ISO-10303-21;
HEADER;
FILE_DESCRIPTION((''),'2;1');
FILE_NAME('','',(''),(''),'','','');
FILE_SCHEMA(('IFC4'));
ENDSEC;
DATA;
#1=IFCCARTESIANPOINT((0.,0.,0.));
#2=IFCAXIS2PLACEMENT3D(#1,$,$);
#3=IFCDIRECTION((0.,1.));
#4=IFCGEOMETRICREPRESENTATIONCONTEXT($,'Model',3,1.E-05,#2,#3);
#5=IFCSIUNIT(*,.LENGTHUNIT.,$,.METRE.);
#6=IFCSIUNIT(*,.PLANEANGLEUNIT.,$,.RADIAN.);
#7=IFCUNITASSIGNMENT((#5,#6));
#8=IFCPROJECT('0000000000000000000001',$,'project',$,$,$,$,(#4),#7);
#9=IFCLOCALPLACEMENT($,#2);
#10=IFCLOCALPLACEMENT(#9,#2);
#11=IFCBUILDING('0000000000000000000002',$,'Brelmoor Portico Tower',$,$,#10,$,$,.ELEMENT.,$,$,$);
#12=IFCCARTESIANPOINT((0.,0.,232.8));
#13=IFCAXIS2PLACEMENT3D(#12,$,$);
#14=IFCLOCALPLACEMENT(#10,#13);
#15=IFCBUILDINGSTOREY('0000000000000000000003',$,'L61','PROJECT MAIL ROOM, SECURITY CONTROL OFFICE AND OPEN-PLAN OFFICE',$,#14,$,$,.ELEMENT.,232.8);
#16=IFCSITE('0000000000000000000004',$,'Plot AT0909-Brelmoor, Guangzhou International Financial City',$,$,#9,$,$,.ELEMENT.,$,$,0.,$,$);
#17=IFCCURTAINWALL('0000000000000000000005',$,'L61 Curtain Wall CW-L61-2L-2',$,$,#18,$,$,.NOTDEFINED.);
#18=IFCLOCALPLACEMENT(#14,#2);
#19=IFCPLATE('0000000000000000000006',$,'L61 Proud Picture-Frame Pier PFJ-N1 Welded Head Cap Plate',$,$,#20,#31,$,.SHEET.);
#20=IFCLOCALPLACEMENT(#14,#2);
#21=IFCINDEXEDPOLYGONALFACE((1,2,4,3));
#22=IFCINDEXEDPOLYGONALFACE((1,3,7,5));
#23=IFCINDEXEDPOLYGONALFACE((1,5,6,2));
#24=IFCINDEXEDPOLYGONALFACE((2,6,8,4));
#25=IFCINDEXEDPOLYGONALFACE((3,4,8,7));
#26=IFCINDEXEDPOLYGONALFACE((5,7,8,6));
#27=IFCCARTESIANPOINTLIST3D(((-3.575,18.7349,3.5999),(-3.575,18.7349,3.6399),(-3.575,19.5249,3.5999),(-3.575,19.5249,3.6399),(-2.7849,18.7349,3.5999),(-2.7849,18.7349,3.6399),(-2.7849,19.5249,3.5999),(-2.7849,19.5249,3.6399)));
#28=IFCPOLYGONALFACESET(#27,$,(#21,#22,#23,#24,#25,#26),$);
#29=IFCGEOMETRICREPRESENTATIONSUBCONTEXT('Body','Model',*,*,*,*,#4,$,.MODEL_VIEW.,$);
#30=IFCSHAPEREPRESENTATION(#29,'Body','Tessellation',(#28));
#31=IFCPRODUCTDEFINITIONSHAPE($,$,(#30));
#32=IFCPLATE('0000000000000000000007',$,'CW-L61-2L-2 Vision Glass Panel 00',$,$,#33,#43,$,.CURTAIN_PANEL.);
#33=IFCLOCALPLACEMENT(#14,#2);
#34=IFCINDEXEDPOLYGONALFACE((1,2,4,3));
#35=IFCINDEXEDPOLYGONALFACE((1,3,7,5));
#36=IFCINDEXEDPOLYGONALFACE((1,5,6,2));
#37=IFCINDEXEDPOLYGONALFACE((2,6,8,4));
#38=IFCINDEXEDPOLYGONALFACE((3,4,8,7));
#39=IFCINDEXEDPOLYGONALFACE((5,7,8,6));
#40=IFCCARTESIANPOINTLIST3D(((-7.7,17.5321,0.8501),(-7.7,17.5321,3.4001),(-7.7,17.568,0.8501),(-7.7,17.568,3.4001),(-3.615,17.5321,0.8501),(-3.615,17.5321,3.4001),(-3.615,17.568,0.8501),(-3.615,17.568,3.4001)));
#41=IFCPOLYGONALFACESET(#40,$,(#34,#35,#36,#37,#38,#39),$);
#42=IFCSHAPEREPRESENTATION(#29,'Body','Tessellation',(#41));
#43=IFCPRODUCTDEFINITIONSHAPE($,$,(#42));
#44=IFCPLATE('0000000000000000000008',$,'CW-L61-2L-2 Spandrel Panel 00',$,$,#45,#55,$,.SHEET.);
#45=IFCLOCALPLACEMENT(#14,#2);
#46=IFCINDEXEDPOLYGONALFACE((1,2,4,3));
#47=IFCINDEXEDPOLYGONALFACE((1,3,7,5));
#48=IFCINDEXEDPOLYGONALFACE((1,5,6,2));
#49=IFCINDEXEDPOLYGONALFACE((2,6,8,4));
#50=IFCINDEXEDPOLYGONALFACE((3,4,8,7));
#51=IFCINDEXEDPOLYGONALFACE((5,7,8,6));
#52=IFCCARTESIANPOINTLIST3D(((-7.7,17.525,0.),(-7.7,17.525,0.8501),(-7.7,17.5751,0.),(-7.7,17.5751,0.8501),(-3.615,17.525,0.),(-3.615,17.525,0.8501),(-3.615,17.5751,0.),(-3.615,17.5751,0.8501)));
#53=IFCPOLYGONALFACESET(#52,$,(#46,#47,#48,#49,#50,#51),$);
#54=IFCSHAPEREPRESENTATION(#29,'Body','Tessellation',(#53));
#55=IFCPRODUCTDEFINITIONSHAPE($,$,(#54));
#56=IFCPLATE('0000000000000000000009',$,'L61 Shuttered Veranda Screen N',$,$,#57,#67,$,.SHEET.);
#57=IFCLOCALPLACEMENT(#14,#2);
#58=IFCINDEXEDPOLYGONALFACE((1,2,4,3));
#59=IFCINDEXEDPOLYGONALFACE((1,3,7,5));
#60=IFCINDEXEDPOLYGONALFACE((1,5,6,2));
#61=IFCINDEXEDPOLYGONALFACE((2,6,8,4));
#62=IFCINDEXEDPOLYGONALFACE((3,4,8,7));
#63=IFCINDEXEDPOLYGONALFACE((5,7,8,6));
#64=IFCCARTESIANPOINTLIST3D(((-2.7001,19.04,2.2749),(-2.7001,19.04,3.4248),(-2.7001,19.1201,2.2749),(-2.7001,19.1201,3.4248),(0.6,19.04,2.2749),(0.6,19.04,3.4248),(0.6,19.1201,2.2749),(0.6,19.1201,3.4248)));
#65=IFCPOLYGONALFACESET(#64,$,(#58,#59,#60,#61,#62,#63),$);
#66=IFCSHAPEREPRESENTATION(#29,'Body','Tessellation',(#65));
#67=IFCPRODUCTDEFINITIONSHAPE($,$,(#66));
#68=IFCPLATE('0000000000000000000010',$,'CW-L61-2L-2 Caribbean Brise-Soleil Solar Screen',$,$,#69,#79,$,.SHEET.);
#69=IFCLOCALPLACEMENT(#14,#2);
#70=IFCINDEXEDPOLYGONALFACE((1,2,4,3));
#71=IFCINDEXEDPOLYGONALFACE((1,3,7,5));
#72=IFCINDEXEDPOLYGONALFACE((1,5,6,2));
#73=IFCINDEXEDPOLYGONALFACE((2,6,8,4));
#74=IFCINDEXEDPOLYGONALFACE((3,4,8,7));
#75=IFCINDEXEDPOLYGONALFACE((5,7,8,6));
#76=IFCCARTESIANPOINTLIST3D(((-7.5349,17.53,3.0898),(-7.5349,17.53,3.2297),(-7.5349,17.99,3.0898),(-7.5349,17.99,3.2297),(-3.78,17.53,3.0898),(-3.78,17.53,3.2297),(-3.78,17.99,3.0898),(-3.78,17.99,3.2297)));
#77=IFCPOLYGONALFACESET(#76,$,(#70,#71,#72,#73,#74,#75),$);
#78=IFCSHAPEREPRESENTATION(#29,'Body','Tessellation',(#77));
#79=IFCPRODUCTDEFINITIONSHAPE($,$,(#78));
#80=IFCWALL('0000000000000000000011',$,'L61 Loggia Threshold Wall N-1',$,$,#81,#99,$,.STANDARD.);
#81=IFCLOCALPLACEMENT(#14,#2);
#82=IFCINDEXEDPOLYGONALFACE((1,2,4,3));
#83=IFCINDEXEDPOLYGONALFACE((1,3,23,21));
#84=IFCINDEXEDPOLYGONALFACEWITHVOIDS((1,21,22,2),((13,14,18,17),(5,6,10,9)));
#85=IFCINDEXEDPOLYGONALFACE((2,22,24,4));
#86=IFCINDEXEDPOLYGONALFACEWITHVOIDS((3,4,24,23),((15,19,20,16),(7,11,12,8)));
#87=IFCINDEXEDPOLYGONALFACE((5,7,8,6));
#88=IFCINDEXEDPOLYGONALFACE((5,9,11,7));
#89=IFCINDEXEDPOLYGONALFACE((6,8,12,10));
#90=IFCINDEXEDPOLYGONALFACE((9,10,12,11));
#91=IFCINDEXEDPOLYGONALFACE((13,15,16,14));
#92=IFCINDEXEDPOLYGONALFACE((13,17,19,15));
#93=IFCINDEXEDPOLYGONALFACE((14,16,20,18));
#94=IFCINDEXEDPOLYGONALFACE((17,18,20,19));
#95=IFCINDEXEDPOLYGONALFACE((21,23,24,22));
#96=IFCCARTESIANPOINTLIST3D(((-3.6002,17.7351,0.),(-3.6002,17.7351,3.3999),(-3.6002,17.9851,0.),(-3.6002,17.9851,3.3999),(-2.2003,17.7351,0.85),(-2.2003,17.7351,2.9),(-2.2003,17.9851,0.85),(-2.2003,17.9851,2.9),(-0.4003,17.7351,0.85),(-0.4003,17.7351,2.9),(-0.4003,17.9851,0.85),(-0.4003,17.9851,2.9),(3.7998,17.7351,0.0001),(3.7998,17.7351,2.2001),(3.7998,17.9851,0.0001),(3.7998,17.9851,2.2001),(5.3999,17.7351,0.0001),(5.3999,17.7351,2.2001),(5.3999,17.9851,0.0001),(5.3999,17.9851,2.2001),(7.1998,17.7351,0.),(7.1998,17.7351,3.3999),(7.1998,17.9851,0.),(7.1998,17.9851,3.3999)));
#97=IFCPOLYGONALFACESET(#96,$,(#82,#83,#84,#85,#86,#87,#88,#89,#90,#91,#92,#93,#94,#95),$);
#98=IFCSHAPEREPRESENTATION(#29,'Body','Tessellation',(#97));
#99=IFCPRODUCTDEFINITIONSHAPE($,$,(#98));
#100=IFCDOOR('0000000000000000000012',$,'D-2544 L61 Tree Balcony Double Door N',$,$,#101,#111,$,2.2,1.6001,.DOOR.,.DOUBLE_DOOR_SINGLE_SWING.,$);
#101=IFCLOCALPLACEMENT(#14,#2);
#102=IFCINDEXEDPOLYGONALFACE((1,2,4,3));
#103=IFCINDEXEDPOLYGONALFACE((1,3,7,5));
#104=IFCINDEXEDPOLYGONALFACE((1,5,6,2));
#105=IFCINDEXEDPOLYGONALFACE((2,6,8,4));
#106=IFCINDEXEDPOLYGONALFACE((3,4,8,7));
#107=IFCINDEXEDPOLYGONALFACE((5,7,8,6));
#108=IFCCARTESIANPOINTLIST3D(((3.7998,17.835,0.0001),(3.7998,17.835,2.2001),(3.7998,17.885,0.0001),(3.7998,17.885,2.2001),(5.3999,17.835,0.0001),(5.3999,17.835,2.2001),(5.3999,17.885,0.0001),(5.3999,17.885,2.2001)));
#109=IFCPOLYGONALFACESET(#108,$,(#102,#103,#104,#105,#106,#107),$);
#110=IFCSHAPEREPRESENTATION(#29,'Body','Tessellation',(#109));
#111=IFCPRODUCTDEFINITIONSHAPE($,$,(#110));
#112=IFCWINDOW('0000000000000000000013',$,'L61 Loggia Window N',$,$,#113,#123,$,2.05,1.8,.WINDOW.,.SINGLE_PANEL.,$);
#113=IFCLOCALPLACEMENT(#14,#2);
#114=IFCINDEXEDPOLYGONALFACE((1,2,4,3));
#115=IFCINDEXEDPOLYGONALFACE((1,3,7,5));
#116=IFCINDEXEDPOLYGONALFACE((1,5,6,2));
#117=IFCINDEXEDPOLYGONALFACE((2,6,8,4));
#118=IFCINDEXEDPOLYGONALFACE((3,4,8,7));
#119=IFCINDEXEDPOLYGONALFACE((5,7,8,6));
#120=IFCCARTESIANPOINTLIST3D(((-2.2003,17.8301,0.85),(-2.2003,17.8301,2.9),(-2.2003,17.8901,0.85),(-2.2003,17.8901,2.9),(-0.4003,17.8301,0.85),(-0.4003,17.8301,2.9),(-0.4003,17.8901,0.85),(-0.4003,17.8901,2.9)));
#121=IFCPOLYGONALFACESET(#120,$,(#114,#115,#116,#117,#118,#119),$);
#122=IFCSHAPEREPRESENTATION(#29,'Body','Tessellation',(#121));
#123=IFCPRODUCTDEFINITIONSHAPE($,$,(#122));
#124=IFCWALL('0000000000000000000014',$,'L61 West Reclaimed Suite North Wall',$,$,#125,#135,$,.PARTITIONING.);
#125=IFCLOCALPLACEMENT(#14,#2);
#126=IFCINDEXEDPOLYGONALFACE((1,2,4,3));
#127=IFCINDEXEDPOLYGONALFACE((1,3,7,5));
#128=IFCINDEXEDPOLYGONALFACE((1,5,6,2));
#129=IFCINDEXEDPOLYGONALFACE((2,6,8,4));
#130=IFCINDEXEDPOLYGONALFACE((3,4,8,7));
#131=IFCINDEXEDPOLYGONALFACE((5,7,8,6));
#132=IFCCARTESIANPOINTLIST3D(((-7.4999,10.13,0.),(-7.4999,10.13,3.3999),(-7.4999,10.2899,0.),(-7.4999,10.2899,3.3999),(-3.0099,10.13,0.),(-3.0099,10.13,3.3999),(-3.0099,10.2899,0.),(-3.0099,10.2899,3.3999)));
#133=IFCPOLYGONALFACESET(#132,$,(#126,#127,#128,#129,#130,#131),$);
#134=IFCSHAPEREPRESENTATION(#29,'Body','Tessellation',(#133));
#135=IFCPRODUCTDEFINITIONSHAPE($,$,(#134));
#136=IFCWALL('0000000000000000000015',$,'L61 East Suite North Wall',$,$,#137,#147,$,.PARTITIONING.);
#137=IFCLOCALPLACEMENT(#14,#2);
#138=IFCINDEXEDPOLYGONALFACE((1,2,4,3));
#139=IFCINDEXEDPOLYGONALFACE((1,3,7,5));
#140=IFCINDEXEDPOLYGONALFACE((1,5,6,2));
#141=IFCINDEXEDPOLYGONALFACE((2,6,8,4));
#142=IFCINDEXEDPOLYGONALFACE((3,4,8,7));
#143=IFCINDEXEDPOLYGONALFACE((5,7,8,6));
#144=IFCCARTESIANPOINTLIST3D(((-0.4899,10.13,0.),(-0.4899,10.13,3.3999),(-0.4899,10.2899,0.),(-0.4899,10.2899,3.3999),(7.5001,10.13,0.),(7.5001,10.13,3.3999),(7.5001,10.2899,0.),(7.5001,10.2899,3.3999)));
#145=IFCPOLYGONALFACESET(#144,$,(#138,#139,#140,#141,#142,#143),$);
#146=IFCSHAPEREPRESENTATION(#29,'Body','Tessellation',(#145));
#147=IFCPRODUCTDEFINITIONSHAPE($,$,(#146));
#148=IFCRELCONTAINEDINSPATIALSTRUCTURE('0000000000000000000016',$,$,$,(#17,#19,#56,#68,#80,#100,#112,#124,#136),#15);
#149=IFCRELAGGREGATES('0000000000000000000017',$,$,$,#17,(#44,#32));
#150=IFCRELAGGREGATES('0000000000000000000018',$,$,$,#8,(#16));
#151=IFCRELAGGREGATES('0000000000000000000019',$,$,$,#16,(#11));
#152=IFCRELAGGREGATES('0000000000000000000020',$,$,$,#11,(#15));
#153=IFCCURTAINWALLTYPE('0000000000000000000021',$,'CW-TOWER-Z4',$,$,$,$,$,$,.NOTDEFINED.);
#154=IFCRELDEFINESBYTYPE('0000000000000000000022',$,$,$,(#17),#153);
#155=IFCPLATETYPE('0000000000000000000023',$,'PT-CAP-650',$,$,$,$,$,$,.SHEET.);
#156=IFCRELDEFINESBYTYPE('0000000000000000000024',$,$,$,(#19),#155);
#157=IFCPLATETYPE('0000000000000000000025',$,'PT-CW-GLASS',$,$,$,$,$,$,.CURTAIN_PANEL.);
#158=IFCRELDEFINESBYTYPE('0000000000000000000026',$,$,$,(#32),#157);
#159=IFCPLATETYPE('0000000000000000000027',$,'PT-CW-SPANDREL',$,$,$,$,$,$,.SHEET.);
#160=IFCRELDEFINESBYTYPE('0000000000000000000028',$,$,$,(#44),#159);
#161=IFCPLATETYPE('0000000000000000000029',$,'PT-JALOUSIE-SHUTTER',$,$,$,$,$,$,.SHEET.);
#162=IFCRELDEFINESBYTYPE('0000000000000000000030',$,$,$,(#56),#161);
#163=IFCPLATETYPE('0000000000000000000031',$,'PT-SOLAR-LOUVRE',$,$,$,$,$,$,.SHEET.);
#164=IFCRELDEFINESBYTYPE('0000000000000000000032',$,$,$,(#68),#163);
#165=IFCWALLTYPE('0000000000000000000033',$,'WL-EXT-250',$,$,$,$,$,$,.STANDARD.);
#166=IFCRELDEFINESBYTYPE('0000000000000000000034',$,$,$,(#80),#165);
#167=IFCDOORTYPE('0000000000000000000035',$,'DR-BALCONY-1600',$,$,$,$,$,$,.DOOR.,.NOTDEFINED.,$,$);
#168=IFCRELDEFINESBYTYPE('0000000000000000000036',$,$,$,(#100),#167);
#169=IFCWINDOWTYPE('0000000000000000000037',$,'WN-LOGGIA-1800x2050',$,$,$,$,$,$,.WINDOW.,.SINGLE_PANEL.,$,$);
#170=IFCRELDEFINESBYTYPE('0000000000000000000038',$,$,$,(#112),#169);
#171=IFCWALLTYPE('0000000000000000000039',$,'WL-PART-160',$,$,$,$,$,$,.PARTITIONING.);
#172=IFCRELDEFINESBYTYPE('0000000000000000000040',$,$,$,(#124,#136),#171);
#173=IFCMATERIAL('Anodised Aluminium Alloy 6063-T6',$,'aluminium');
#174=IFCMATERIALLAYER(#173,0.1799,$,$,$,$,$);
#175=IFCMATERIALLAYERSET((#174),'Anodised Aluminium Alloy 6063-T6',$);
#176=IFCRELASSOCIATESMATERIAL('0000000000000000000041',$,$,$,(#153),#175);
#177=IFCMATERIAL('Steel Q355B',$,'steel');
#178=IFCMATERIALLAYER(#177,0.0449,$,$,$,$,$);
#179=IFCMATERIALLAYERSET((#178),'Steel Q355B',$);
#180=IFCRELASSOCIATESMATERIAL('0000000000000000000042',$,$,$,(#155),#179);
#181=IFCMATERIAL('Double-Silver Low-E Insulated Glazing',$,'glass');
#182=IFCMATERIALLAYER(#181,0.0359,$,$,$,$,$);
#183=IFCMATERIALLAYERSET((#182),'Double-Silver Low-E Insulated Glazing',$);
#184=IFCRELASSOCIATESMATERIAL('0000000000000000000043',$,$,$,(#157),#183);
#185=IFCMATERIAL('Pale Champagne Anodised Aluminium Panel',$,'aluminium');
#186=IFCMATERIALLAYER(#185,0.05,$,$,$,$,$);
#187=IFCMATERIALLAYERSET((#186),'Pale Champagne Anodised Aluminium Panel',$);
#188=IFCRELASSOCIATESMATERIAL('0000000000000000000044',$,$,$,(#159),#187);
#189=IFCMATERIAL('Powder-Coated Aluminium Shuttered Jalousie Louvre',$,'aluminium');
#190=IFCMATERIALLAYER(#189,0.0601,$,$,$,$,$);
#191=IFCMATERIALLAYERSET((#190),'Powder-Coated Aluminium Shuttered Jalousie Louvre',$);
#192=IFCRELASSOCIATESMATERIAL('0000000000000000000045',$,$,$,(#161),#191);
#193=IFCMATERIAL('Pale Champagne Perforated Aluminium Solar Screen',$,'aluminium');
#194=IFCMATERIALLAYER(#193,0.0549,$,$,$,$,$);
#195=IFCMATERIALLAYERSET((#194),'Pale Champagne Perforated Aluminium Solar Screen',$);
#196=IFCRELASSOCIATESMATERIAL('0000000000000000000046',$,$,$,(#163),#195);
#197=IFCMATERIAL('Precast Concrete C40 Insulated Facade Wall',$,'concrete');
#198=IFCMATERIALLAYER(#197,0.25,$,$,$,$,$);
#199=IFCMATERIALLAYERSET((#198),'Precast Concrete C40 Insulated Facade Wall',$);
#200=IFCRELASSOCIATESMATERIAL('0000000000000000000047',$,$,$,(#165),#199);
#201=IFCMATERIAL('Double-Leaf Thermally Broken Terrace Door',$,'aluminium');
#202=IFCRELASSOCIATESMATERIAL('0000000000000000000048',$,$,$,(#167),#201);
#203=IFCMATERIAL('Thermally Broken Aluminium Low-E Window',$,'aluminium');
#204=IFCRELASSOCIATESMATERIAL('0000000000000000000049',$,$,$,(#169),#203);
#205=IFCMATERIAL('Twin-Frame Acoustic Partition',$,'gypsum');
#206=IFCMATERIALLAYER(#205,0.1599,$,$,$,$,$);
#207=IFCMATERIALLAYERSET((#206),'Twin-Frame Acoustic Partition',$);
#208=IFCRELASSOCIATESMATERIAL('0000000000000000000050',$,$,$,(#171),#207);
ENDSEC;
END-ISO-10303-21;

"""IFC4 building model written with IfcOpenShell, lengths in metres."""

from ifc_helpers import new_model, si_unit, direction, frame, frame_2d, origin, origin_2d, place, context, subcontext, project, spatial, rectangle, extrude, material, layer, layer_set, type_object, element, fill, aggregate, save


model = new_model("IFC4")

# Units and contexts
model_context = context("Model", 3, precision=1e-05, world=origin(), true_north=direction((0.0, 1.0)))
body_context = subcontext(model_context, "Body", "Model", "MODEL_VIEW")
ifc_project = project(units=[si_unit("LENGTHUNIT", "METRE"), si_unit("PLANEANGLEUNIT", "RADIAN")], contexts=[model_context])

# Site, building, storey
site_placement = place(None, origin())
site = spatial("IfcSite", under=ifc_project, at=site_placement, Name="Plot AT0909-Brelmoor, Guangzhou International Financial City", CompositionType="ELEMENT", RefElevation=0.0)
building_placement = place(site_placement, origin())
building = spatial("IfcBuilding", under=site, at=building_placement, Name="Brelmoor Portico Tower", CompositionType="ELEMENT")
storey_placement = place(building_placement, frame((0.0, 0.0, 232.8)))
storey = spatial("IfcBuildingStorey", under=building, at=storey_placement, Name="L61", Description="PROJECT MAIL ROOM, SECURITY CONTROL OFFICE AND OPEN-PLAN OFFICE", CompositionType="ELEMENT", Elevation=232.8)

# Shared definitions
ifc_material_1 = material(Name="Steel Q355B", Category="steel")

# Shared definitions
ifc_material_2 = material(Name="Anodised Aluminium Alloy 6063-T6", Category="aluminium")

# Curtain wall
ifc_layer_1 = layer(ifc_material_2, 0.1799)
ifc_layer_set_1 = layer_set([ifc_layer_1], Name="Anodised Aluminium Alloy 6063-T6")
curtain_wall_type_1 = type_object("IfcCurtainWallType", Name="CW-TOWER-Z4", PredefinedType="NOTDEFINED", material=ifc_layer_set_1)
curtain_wall_1_placement = place(storey_placement, origin())
curtain_wall_1 = element("IfcCurtainWall", 1, at=curtain_wall_1_placement, inside=storey, type_object=curtain_wall_type_1, Name="L61 Curtain Wall CW-L61-2L-2", PredefinedType="NOTDEFINED")

# Plates
ifc_layer_2 = layer(ifc_material_1, 0.0449)
ifc_layer_set_2 = layer_set([ifc_layer_2], Name="Steel Q355B")
plate_type_1 = type_object("IfcPlateType", Name="PT-CAP-650", PredefinedType="SHEET", material=ifc_layer_set_2)
plate_1_placement = place(storey_placement, frame((-3.1799, 19.1299, 3.5999), z_axis=(0.0, 0.0, 1.0), x_axis=(1.0, 0.0, 0.0)))
element("IfcPlate", 2, at=plate_1_placement, inside=storey, type_object=plate_type_1, Name="L61 Proud Picture-Frame Pier PFJ-N1 Welded Head Cap Plate", PredefinedType="SHEET", context=body_context, shape_type="SweptSolid", body=[
    extrude(rectangle(XDim=0.79, YDim=0.79, at=origin_2d()), origin(), (0.0, 0.0, 1.0), 0.04),
])
ifc_material_3 = material(Name="Double-Silver Low-E Insulated Glazing", Category="glass")
ifc_layer_3 = layer(ifc_material_3, 0.0359)
ifc_layer_set_3 = layer_set([ifc_layer_3], Name="Double-Silver Low-E Insulated Glazing")
plate_type_2 = type_object("IfcPlateType", Name="PT-CW-GLASS", PredefinedType="CURTAIN_PANEL", material=ifc_layer_set_3)
plate_2_placement = place(storey_placement, frame((-5.6575, 17.55, 0.8501), z_axis=(0.0, 0.0, 1.0), x_axis=(1.0, 0.0, 0.0)))
plate_2 = element("IfcPlate", 3, at=plate_2_placement, type_object=plate_type_2, Name="CW-L61-2L-2 Vision Glass Panel 00", PredefinedType="CURTAIN_PANEL", context=body_context, shape_type="SweptSolid", body=[
    extrude(rectangle(XDim=4.085, YDim=0.0359, at=origin_2d()), origin(), (0.0, 0.0, 1.0), 2.55),
])
ifc_material_4 = material(Name="Pale Champagne Anodised Aluminium Panel", Category="aluminium")
ifc_layer_4 = layer(ifc_material_4, 0.05)
ifc_layer_set_4 = layer_set([ifc_layer_4], Name="Pale Champagne Anodised Aluminium Panel")
plate_type_3 = type_object("IfcPlateType", Name="PT-CW-SPANDREL", PredefinedType="SHEET", material=ifc_layer_set_4)
plate_3_placement = place(storey_placement, frame((-5.6575, 17.55, 0.0), z_axis=(0.0, 0.0, 1.0), x_axis=(1.0, 0.0, 0.0)))
plate_3 = element("IfcPlate", 4, at=plate_3_placement, type_object=plate_type_3, Name="CW-L61-2L-2 Spandrel Panel 00", PredefinedType="SHEET", context=body_context, shape_type="SweptSolid", body=[
    extrude(rectangle(XDim=4.085, YDim=0.05, at=origin_2d()), origin(), (0.0, 0.0, 1.0), 0.8501),
])
aggregate(curtain_wall_1, [plate_3, plate_2])

# Plates
ifc_material_5 = material(Name="Powder-Coated Aluminium Shuttered Jalousie Louvre", Category="aluminium")
ifc_layer_5 = layer(ifc_material_5, 0.0601)
ifc_layer_set_5 = layer_set([ifc_layer_5], Name="Powder-Coated Aluminium Shuttered Jalousie Louvre")
plate_type_4 = type_object("IfcPlateType", Name="PT-JALOUSIE-SHUTTER", PredefinedType="SHEET", material=ifc_layer_set_5)
plate_4_placement = place(storey_placement, frame((-1.05, 19.0801, 2.2749), z_axis=(0.0, 0.0, 1.0), x_axis=(1.0, 0.0, 0.0)))
element("IfcPlate", 5, at=plate_4_placement, inside=storey, type_object=plate_type_4, Name="L61 Shuttered Veranda Screen N", PredefinedType="SHEET", context=body_context, shape_type="SweptSolid", body=[
    extrude(rectangle(XDim=3.3, YDim=0.0801, at=origin_2d()), origin(), (0.0, 0.0, 1.0), 1.1499),
])
ifc_material_6 = material(Name="Pale Champagne Perforated Aluminium Solar Screen", Category="aluminium")
ifc_layer_6 = layer(ifc_material_6, 0.0549)
ifc_layer_set_6 = layer_set([ifc_layer_6], Name="Pale Champagne Perforated Aluminium Solar Screen")
plate_type_5 = type_object("IfcPlateType", Name="PT-SOLAR-LOUVRE", PredefinedType="SHEET", material=ifc_layer_set_6)
plate_5_placement = place(storey_placement, frame((-5.6575, 17.76, 3.0898), z_axis=(0.0, 0.0, 1.0), x_axis=(1.0, 0.0, 0.0)))
element("IfcPlate", 6, at=plate_5_placement, inside=storey, type_object=plate_type_5, Name="CW-L61-2L-2 Caribbean Brise-Soleil Solar Screen", PredefinedType="SHEET", context=body_context, shape_type="SweptSolid", body=[
    extrude(rectangle(XDim=3.7549, YDim=0.46, at=origin_2d()), origin(), (0.0, 0.0, 1.0), 0.1399),
])

# Wall, openings, door, window
ifc_material_7 = material(Name="Precast Concrete C40 Insulated Facade Wall", Category="concrete")
ifc_layer_7 = layer(ifc_material_7, 0.25)
ifc_layer_set_7 = layer_set([ifc_layer_7], Name="Precast Concrete C40 Insulated Facade Wall")
wall_type_1 = type_object("IfcWallType", Name="WL-EXT-250", PredefinedType="STANDARD", material=ifc_layer_set_7)
wall_1_placement = place(storey_placement, frame((-3.6001, 17.8601, 0.0), z_axis=(0.0, 0.0, 1.0), x_axis=(1.0, 0.0, 0.0)))
wall_1 = element("IfcWall", 7, at=wall_1_placement, inside=storey, type_object=wall_type_1, Name="L61 Loggia Threshold Wall N-1", PredefinedType="STANDARD", context=body_context, shape_type="SweptSolid", body=[
    extrude(rectangle(XDim=10.8, YDim=0.25, at=frame_2d((5.3999, 0.0))), origin(), (0.0, 0.0, 1.0), 3.3999),
])
opening_1_placement = place(wall_1_placement, frame((7.3999, 0.0, 0.0)))
opening_1 = element("IfcOpeningElement", 8, at=opening_1_placement, cuts=wall_1, PredefinedType="OPENING", context=body_context, shape_type="SweptSolid", body=[
    extrude(rectangle(XDim=1.6001, YDim=2.2, at=frame_2d((0.8, 1.1001))), frame((0.0, 0.135, 0.0), z_axis=(0.0, -1.0, 0.0), x_axis=(1.0, 0.0, 0.0)), (0.0, 0.0, 1.0), 0.27),
])
opening_2_placement = place(wall_1_placement, frame((1.3999, 0.0, 0.8501)))
opening_2 = element("IfcOpeningElement", 9, at=opening_2_placement, cuts=wall_1, PredefinedType="OPENING", context=body_context, shape_type="SweptSolid", body=[
    extrude(rectangle(XDim=1.8, YDim=2.05, at=frame_2d((0.8999, 1.0249))), frame((0.0, 0.135, 0.0), z_axis=(0.0, -1.0, 0.0), x_axis=(1.0, 0.0, 0.0)), (0.0, 0.0, 1.0), 0.27),
])
ifc_material_8 = material(Name="Double-Leaf Thermally Broken Terrace Door", Category="aluminium")
door_type_1 = type_object("IfcDoorType", Name="DR-BALCONY-1600", OperationType="NOTDEFINED", PredefinedType="DOOR", material=ifc_material_8)
door_1_placement = place(opening_1_placement, origin())
door_1 = element("IfcDoor", 10, at=door_1_placement, inside=storey, type_object=door_type_1, Name="D-2544 L61 Tree Balcony Double Door N", OperationType="DOUBLE_DOOR_SINGLE_SWING", OverallHeight=2.2, OverallWidth=1.6001, PredefinedType="DOOR", context=body_context, shape_type="SweptSolid", body=[
    extrude(rectangle(XDim=1.6001, YDim=2.2, at=frame_2d((0.8, 1.1001))), frame((0.0, 0.0249, 0.0), z_axis=(0.0, -1.0, 0.0), x_axis=(1.0, 0.0, 0.0)), (0.0, 0.0, 1.0), 0.05),
])
fill(opening_1, door_1)
ifc_material_9 = material(Name="Thermally Broken Aluminium Low-E Window", Category="aluminium")
window_type = type_object("IfcWindowType", Name="WN-LOGGIA-1800x2050", PartitioningType="SINGLE_PANEL", PredefinedType="WINDOW", material=ifc_material_9)
window_placement = place(opening_2_placement, origin())
window = element("IfcWindow", 11, at=window_placement, inside=storey, type_object=window_type, Name="L61 Loggia Window N", OverallHeight=2.05, OverallWidth=1.8, PartitioningType="SINGLE_PANEL", PredefinedType="WINDOW", context=body_context, shape_type="SweptSolid", body=[
    extrude(rectangle(XDim=1.8, YDim=2.05, at=frame_2d((0.8999, 1.0249))), frame((0.0, 0.03, 0.0), z_axis=(0.0, -1.0, 0.0), x_axis=(1.0, 0.0, 0.0)), (0.0, 0.0, 1.0), 0.0601),
])
fill(opening_2, window)

# Walls
ifc_material_10 = material(Name="Twin-Frame Acoustic Partition", Category="gypsum")
ifc_layer_8 = layer(ifc_material_10, 0.1599)
ifc_layer_set_8 = layer_set([ifc_layer_8], Name="Twin-Frame Acoustic Partition")
wall_type_2 = type_object("IfcWallType", Name="WL-PART-160", PredefinedType="PARTITIONING", material=ifc_layer_set_8)
wall_2_placement = place(storey_placement, frame((-7.5, 10.21, 0.0), z_axis=(0.0, 0.0, 1.0), x_axis=(1.0, 0.0, 0.0)))
element("IfcWall", 12, at=wall_2_placement, inside=storey, type_object=wall_type_2, Name="L61 West Reclaimed Suite North Wall", PredefinedType="PARTITIONING", context=body_context, shape_type="SweptSolid", body=[
    extrude(rectangle(XDim=4.49, YDim=0.1599, at=frame_2d((2.2451, 0.0))), origin(), (0.0, 0.0, 1.0), 3.3999),
])
wall_3_placement = place(storey_placement, frame((-0.49, 10.21, 0.0), z_axis=(0.0, 0.0, 1.0), x_axis=(1.0, 0.0, 0.0)))
element("IfcWall", 13, at=wall_3_placement, inside=storey, type_object=wall_type_2, Name="L61 East Suite North Wall", PredefinedType="PARTITIONING", context=body_context, shape_type="SweptSolid", body=[
    extrude(rectangle(XDim=7.99, YDim=0.1599, at=frame_2d((3.9951, 0.0))), origin(), (0.0, 0.0, 1.0), 3.3999),
])

save(model, "model.ifc")
